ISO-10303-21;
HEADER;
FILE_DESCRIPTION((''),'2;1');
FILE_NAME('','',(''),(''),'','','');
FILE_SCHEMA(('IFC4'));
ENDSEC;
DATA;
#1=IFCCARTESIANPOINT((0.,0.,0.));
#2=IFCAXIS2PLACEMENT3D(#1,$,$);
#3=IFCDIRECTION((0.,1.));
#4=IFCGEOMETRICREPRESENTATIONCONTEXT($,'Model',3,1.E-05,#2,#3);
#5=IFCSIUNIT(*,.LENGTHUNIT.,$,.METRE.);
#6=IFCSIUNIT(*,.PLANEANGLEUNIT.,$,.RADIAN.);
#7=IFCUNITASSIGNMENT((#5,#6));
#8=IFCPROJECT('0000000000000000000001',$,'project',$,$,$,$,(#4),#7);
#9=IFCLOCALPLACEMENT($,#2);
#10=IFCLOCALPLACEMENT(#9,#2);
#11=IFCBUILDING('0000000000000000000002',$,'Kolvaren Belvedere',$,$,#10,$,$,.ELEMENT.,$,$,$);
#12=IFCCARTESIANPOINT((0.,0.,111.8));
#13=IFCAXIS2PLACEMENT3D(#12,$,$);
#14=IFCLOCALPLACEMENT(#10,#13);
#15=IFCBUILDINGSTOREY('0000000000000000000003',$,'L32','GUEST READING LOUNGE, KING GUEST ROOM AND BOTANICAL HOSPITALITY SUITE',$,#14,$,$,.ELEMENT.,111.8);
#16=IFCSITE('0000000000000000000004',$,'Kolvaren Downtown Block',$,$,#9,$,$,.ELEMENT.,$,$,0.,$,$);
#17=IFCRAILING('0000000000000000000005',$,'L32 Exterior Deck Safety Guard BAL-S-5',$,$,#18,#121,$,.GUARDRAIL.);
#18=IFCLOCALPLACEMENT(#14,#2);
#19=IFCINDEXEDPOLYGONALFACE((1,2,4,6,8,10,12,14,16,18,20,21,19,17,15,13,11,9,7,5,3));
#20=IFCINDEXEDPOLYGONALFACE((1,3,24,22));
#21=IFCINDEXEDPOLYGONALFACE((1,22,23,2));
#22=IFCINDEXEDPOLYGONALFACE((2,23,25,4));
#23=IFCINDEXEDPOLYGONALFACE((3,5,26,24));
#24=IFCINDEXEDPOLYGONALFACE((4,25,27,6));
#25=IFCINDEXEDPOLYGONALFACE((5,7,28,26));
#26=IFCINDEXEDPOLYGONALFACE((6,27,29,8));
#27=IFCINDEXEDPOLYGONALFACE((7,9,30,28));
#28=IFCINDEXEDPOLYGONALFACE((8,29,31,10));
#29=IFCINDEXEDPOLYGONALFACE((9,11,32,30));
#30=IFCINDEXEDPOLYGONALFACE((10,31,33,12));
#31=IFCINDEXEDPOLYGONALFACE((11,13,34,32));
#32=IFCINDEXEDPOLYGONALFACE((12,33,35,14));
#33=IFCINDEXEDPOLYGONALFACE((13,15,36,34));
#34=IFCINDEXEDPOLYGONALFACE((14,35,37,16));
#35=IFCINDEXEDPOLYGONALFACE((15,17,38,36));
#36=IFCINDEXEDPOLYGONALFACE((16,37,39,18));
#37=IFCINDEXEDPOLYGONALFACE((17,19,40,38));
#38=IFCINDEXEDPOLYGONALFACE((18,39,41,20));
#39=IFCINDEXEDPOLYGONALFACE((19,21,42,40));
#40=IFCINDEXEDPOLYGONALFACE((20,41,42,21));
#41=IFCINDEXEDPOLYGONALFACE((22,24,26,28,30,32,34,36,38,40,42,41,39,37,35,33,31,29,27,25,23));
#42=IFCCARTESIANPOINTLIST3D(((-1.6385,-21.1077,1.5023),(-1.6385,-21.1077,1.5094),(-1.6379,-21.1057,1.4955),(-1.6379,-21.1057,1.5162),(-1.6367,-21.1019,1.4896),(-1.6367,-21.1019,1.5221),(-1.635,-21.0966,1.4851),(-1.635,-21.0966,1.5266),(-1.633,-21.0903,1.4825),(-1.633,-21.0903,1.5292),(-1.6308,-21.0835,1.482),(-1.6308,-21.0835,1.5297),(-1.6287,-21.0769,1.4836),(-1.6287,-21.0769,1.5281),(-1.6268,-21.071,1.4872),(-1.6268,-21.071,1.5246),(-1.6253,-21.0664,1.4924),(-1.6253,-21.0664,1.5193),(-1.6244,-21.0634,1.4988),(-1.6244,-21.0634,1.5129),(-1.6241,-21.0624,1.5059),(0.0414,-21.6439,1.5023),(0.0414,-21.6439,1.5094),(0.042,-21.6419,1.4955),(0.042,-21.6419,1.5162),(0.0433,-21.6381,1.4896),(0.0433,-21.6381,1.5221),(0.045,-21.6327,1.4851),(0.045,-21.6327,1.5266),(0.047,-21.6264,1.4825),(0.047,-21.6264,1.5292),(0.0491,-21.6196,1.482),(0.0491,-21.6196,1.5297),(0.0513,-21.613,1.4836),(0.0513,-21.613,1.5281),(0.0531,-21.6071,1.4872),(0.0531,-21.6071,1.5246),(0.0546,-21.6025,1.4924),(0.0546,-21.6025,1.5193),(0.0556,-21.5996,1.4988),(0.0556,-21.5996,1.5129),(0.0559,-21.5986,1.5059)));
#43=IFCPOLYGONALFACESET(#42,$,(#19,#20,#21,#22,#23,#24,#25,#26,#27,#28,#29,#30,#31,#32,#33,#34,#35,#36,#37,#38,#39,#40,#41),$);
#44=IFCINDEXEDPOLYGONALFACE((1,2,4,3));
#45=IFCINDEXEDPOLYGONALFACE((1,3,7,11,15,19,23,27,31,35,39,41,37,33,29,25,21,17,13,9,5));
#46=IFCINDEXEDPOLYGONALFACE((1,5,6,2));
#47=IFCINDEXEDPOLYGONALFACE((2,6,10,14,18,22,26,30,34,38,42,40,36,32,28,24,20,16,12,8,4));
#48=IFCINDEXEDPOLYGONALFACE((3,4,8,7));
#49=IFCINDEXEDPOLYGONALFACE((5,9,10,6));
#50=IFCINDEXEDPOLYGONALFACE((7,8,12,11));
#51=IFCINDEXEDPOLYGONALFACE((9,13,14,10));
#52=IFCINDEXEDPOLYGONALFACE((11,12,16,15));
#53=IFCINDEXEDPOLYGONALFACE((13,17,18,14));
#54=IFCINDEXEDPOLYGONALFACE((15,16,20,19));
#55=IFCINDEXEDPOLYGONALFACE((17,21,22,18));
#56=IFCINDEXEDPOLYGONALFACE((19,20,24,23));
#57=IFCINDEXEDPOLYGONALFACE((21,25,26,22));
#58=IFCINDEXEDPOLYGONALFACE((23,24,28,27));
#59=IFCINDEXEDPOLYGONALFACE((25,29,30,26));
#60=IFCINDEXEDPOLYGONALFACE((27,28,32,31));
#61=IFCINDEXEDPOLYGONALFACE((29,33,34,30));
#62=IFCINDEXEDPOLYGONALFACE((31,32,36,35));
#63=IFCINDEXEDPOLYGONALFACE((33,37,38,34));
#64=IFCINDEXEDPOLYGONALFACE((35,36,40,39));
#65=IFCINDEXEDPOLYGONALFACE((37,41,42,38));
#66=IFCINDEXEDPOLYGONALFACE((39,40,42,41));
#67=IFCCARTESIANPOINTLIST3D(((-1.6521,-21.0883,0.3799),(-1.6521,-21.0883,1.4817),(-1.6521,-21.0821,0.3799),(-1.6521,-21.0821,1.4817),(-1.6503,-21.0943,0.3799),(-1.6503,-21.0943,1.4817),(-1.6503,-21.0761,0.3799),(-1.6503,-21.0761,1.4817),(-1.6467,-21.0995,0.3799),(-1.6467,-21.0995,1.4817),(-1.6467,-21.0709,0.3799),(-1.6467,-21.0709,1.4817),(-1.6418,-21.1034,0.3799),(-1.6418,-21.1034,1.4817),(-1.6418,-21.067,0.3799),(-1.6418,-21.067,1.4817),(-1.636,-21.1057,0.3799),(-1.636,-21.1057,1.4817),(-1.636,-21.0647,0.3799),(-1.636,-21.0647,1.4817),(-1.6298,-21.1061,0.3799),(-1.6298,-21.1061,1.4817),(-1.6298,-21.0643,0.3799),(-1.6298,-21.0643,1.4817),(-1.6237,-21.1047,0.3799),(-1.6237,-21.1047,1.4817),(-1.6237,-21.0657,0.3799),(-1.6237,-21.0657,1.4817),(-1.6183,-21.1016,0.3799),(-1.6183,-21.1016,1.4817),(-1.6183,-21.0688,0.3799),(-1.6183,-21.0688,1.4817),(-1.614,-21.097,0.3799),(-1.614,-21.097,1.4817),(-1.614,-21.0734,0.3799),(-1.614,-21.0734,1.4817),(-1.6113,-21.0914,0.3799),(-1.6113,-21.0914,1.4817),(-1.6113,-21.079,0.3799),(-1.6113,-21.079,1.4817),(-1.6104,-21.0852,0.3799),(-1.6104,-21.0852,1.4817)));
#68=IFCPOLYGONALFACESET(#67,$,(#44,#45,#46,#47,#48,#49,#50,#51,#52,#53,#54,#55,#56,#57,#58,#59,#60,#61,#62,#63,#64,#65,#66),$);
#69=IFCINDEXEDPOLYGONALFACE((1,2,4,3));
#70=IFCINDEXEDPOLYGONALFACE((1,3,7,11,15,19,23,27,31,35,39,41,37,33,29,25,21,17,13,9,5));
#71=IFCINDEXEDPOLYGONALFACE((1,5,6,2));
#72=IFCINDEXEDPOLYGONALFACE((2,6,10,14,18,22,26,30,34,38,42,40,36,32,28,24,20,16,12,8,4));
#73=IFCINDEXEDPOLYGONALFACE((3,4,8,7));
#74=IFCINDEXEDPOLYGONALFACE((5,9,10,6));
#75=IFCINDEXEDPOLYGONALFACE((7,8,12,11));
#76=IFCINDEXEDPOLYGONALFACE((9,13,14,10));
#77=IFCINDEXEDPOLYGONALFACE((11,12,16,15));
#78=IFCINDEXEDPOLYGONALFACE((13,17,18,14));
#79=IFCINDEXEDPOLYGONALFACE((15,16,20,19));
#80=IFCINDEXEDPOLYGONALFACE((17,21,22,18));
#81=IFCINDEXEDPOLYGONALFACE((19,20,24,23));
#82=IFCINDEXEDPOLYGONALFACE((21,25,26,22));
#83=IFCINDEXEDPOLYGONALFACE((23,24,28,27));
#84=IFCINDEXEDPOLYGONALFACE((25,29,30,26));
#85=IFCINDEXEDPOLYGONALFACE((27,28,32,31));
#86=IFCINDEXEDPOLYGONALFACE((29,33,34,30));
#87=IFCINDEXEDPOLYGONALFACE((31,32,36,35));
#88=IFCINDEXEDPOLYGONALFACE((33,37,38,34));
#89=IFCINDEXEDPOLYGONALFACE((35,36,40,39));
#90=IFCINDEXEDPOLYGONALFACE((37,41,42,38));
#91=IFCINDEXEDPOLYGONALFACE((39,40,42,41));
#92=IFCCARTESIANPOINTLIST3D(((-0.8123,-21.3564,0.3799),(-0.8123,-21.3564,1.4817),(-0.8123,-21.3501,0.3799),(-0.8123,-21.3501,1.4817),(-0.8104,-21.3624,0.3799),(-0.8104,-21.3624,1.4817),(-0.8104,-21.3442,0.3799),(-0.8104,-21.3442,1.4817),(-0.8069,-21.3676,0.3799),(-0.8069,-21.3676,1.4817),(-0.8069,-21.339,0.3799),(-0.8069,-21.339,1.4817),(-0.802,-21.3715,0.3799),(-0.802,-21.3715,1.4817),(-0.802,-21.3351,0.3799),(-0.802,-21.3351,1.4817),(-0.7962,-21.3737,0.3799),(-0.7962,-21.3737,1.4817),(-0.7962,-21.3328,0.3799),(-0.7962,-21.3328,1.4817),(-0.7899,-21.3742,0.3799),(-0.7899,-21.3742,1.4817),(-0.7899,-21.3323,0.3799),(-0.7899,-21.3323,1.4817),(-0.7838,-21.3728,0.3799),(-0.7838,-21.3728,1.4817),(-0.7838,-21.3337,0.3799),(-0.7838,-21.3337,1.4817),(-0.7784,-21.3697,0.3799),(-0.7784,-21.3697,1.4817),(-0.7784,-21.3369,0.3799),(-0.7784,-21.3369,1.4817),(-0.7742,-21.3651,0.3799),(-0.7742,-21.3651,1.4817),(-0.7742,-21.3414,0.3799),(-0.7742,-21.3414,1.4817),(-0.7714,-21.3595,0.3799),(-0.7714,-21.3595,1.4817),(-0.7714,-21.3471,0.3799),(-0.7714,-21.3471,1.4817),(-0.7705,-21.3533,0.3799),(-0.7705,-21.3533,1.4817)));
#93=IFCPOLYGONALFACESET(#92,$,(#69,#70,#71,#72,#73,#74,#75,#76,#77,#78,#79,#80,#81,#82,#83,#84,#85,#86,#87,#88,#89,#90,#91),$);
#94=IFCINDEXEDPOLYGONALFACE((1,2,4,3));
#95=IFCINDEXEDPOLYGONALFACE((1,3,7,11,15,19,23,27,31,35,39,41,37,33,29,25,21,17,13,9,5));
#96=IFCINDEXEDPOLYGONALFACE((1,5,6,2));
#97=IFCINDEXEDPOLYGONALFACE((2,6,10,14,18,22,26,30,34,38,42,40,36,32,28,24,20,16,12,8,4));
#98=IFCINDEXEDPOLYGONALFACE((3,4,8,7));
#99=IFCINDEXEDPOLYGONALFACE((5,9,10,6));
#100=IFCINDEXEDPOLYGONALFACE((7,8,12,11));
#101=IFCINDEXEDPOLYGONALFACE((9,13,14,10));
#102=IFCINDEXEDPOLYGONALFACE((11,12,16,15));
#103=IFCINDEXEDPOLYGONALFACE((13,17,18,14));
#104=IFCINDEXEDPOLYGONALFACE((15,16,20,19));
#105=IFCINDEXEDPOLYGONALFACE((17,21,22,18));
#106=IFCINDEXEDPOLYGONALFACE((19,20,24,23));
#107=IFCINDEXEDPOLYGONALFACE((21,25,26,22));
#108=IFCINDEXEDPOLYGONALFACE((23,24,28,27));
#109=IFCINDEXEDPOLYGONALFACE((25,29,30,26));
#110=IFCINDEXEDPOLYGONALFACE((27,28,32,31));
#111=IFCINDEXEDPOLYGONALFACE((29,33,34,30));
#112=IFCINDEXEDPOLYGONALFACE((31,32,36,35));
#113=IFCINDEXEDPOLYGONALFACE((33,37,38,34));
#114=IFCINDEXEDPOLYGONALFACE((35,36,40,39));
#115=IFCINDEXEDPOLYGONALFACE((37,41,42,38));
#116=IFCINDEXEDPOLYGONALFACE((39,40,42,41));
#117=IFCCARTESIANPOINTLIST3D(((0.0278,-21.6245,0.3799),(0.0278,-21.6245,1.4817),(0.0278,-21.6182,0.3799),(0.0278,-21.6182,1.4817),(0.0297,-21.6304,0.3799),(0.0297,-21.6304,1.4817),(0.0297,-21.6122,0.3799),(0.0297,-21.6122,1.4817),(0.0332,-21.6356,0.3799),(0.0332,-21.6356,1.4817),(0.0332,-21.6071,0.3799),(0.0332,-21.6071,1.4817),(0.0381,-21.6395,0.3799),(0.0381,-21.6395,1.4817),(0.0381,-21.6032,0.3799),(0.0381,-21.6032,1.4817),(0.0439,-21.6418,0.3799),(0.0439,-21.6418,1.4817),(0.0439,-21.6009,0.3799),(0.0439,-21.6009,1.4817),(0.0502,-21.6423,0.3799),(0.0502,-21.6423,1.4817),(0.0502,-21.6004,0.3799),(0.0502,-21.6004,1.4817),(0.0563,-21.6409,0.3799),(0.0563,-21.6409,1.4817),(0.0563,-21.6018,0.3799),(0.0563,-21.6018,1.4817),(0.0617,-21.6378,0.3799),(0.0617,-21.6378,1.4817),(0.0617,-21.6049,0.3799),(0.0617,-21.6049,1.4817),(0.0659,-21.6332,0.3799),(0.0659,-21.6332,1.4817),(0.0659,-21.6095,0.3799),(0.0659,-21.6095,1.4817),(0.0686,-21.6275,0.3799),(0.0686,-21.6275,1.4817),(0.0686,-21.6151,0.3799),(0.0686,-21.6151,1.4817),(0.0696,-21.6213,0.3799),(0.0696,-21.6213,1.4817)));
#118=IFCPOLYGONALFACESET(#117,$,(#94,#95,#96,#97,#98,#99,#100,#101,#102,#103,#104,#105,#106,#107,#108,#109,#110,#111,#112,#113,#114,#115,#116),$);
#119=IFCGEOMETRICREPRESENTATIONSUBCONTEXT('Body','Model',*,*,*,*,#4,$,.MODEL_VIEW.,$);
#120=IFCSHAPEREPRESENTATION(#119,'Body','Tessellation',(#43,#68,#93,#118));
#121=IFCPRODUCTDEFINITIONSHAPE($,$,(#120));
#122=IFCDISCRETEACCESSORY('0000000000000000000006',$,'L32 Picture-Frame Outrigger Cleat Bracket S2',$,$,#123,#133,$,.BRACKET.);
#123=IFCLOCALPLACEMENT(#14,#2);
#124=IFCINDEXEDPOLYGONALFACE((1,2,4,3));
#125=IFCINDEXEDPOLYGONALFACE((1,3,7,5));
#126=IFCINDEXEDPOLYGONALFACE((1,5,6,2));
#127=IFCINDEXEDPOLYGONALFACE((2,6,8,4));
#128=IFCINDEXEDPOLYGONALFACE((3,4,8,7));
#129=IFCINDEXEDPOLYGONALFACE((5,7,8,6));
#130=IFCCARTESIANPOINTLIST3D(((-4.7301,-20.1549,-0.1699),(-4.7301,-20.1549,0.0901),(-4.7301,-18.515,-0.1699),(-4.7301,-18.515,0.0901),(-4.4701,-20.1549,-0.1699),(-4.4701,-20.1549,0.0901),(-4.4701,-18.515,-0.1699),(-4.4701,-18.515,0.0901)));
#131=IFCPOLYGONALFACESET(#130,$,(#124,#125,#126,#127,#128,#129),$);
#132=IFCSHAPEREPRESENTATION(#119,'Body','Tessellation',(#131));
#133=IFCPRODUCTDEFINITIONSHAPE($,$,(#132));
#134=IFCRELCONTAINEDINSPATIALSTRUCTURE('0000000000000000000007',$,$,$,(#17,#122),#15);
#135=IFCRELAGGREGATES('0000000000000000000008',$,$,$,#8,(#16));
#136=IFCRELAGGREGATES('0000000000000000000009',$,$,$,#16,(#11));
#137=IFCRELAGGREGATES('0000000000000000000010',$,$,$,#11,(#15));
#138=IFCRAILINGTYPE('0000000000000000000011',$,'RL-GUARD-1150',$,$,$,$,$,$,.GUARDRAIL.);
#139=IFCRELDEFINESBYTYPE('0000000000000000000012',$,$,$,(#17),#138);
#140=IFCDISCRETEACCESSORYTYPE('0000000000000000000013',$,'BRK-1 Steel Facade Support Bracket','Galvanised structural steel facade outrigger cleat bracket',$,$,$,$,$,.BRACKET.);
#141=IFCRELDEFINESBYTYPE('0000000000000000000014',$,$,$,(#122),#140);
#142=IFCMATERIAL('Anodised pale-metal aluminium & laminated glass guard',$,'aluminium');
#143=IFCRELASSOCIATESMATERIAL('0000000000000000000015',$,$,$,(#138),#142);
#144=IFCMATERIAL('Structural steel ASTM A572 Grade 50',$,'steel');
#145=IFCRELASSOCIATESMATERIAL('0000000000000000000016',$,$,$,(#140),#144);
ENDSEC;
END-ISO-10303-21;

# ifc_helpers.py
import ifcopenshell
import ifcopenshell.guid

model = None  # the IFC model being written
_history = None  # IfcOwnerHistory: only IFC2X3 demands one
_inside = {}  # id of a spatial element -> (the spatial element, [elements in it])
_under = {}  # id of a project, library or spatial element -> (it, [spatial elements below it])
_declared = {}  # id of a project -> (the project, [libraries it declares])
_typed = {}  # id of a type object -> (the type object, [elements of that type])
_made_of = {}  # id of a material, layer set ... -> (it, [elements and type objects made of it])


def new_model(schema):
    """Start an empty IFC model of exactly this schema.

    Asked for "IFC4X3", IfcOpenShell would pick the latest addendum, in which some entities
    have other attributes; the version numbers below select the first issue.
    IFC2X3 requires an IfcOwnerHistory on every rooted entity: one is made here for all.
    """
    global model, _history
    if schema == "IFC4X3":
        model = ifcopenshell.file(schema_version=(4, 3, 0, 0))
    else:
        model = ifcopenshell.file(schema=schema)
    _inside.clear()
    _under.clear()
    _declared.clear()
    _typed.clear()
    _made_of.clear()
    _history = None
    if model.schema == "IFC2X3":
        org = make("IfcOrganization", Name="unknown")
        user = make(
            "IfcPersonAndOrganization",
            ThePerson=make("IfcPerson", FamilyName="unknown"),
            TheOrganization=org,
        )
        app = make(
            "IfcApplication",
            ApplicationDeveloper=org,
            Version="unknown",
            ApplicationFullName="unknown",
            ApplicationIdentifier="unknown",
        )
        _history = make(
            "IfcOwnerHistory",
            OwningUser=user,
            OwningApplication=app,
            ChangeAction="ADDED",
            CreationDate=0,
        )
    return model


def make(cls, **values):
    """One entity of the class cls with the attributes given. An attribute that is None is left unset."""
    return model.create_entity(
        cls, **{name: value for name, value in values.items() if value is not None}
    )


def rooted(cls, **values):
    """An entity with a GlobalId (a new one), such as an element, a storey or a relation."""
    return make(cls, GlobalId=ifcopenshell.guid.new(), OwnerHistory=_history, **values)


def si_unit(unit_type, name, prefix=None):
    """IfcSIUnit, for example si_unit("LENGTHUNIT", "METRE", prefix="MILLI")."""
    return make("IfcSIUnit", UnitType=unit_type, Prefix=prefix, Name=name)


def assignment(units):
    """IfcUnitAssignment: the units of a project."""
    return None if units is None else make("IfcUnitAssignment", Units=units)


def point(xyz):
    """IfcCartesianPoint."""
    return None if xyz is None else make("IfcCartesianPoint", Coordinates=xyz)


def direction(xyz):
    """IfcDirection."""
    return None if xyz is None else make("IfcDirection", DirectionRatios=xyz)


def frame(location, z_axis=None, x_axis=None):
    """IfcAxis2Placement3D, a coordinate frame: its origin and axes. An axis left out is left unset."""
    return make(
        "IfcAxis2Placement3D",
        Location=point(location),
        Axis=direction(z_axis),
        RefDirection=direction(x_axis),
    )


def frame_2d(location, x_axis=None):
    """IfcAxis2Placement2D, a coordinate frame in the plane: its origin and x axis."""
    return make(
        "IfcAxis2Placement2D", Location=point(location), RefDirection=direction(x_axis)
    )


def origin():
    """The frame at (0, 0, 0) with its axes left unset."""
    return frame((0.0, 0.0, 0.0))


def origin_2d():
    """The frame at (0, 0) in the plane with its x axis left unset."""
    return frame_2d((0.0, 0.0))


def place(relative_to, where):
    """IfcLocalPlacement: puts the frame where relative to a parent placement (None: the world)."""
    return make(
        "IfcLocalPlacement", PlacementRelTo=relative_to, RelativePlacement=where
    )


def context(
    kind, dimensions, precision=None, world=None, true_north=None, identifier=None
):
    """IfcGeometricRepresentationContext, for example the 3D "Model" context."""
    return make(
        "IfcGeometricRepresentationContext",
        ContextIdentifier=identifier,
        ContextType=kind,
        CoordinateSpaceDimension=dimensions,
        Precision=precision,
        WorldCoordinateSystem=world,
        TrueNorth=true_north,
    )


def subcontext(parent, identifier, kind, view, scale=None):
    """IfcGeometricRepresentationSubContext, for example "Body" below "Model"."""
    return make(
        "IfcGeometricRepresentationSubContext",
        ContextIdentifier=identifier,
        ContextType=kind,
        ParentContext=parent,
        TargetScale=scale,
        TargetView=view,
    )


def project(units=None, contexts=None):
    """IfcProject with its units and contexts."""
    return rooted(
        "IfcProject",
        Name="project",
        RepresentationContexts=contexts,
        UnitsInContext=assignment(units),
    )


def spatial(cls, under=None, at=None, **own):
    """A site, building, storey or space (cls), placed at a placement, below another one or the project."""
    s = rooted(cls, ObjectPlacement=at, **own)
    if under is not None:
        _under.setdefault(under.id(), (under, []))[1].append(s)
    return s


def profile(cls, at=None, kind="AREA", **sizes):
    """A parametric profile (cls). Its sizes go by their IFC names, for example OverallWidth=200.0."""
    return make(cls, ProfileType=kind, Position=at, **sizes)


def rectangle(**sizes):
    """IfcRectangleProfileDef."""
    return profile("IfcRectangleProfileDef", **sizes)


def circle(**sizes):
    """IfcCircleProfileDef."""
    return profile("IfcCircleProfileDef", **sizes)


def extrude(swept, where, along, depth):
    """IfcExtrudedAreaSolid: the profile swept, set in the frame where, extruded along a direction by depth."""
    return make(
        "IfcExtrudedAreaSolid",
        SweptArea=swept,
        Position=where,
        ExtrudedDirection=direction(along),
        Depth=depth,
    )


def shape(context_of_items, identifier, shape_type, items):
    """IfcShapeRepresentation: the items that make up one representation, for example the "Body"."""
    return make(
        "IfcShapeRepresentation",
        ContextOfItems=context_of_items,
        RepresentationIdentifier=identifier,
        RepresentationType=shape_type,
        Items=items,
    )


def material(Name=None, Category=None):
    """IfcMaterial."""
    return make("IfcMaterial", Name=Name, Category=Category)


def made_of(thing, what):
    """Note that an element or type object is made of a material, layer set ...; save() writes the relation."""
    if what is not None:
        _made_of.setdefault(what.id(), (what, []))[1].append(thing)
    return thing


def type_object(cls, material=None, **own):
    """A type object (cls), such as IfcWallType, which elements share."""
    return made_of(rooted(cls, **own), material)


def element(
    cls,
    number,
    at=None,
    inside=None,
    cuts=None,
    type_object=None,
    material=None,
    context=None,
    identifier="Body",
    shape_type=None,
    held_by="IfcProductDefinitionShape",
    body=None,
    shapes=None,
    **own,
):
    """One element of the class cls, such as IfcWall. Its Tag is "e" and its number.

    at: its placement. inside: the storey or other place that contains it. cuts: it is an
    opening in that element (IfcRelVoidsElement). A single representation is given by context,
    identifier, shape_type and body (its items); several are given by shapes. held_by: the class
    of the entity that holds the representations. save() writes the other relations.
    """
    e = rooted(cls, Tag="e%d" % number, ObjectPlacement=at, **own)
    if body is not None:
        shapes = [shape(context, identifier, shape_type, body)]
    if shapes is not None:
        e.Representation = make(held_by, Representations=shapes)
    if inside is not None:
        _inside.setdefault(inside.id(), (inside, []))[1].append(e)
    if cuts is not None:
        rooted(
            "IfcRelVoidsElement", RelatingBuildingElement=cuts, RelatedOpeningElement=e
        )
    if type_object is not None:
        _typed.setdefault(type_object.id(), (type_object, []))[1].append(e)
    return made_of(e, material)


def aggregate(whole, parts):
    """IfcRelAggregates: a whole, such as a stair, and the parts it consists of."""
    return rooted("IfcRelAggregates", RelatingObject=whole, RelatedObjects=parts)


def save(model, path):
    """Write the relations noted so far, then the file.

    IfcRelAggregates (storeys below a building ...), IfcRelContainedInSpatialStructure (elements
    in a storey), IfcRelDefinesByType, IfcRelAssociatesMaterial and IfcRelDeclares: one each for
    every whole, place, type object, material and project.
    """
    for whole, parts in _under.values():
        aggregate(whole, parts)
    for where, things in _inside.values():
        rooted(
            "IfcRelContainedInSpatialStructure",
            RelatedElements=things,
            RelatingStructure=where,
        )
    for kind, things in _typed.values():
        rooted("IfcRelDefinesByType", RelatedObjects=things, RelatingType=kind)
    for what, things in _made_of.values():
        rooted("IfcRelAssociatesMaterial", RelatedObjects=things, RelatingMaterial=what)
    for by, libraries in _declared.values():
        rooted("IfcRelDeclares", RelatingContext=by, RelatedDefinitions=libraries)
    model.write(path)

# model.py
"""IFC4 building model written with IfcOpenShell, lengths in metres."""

from ifc_helpers import new_model, si_unit, direction, frame, origin, origin_2d, place, context, subcontext, project, spatial, rectangle, circle, extrude, material, type_object, element, save


model = new_model("IFC4")

# Units and contexts
model_context = context("Model", 3, precision=1e-05, world=origin(), true_north=direction((0.0, 1.0)))
body_context = subcontext(model_context, "Body", "Model", "MODEL_VIEW")
ifc_project = project(units=[si_unit("LENGTHUNIT", "METRE"), si_unit("PLANEANGLEUNIT", "RADIAN")], contexts=[model_context])

# Site, building, storey
site_placement = place(None, origin())
site = spatial("IfcSite", under=ifc_project, at=site_placement, Name="Kolvaren Downtown Block", CompositionType="ELEMENT", RefElevation=0.0)
building_placement = place(site_placement, origin())
building = spatial("IfcBuilding", under=site, at=building_placement, Name="Kolvaren Belvedere", CompositionType="ELEMENT")
storey_placement = place(building_placement, frame((0.0, 0.0, 111.8)))
storey = spatial("IfcBuildingStorey", under=building, at=storey_placement, Name="L32", Description="GUEST READING LOUNGE, KING GUEST ROOM AND BOTANICAL HOSPITALITY SUITE", CompositionType="ELEMENT", Elevation=111.8)

# Railing
ifc_material_1 = material(Name="Anodised pale-metal aluminium & laminated glass guard", Category="aluminium")
railing_type = type_object("IfcRailingType", Name="RL-GUARD-1150", PredefinedType="GUARDRAIL", material=ifc_material_1)
railing_1_placement = place(storey_placement, frame((-1.6313, -21.0852, 0.3799)))
element("IfcRailing", 1, at=railing_1_placement, inside=storey, type_object=railing_type, Name="L32 Exterior Deck Safety Guard BAL-S-5", PredefinedType="GUARDRAIL", context=body_context, shape_type="SweptSolid", body=[
    extrude(circle(Radius=0.0239, at=origin_2d()), frame((0.0, 0.0, 1.126), z_axis=(0.952662, -0.304032, 0.0), x_axis=(0.304032, 0.952662, 0.0)), (0.0, 0.0, 1.0), 1.7634),
    extrude(circle(Radius=0.021, at=origin_2d()), origin(), (0.0, 0.0, 1.0), 1.1018),
    extrude(circle(Radius=0.021, at=origin_2d()), frame((0.8398, -0.2681, 0.0)), (0.0, 0.0, 1.0), 1.1018),
    extrude(circle(Radius=0.021, at=origin_2d()), frame((1.6799, -0.5361, 0.0)), (0.0, 0.0, 1.0), 1.1018),
])

# Discrete accessory
ifc_material_2 = material(Name="Structural steel ASTM A572 Grade 50", Category="steel")
discrete_accessory_type = type_object("IfcDiscreteAccessoryType", Name="BRK-1 Steel Facade Support Bracket", Description="Galvanised structural steel facade outrigger cleat bracket", PredefinedType="BRACKET", material=ifc_material_2)
discrete_accessory_placement = place(storey_placement, frame((-4.6001, -19.335, -0.1699), z_axis=(0.0, 0.0, 1.0), x_axis=(0.0, 1.0, 0.0)))
element("IfcDiscreteAccessory", 2, at=discrete_accessory_placement, inside=storey, type_object=discrete_accessory_type, Name="L32 Picture-Frame Outrigger Cleat Bracket S2", PredefinedType="BRACKET", context=body_context, shape_type="SweptSolid", body=[
    extrude(rectangle(XDim=1.6399, YDim=0.26, at=origin_2d()), origin(), (0.0, 0.0, 1.0), 0.26),
])

save(model, "model.ifc")
